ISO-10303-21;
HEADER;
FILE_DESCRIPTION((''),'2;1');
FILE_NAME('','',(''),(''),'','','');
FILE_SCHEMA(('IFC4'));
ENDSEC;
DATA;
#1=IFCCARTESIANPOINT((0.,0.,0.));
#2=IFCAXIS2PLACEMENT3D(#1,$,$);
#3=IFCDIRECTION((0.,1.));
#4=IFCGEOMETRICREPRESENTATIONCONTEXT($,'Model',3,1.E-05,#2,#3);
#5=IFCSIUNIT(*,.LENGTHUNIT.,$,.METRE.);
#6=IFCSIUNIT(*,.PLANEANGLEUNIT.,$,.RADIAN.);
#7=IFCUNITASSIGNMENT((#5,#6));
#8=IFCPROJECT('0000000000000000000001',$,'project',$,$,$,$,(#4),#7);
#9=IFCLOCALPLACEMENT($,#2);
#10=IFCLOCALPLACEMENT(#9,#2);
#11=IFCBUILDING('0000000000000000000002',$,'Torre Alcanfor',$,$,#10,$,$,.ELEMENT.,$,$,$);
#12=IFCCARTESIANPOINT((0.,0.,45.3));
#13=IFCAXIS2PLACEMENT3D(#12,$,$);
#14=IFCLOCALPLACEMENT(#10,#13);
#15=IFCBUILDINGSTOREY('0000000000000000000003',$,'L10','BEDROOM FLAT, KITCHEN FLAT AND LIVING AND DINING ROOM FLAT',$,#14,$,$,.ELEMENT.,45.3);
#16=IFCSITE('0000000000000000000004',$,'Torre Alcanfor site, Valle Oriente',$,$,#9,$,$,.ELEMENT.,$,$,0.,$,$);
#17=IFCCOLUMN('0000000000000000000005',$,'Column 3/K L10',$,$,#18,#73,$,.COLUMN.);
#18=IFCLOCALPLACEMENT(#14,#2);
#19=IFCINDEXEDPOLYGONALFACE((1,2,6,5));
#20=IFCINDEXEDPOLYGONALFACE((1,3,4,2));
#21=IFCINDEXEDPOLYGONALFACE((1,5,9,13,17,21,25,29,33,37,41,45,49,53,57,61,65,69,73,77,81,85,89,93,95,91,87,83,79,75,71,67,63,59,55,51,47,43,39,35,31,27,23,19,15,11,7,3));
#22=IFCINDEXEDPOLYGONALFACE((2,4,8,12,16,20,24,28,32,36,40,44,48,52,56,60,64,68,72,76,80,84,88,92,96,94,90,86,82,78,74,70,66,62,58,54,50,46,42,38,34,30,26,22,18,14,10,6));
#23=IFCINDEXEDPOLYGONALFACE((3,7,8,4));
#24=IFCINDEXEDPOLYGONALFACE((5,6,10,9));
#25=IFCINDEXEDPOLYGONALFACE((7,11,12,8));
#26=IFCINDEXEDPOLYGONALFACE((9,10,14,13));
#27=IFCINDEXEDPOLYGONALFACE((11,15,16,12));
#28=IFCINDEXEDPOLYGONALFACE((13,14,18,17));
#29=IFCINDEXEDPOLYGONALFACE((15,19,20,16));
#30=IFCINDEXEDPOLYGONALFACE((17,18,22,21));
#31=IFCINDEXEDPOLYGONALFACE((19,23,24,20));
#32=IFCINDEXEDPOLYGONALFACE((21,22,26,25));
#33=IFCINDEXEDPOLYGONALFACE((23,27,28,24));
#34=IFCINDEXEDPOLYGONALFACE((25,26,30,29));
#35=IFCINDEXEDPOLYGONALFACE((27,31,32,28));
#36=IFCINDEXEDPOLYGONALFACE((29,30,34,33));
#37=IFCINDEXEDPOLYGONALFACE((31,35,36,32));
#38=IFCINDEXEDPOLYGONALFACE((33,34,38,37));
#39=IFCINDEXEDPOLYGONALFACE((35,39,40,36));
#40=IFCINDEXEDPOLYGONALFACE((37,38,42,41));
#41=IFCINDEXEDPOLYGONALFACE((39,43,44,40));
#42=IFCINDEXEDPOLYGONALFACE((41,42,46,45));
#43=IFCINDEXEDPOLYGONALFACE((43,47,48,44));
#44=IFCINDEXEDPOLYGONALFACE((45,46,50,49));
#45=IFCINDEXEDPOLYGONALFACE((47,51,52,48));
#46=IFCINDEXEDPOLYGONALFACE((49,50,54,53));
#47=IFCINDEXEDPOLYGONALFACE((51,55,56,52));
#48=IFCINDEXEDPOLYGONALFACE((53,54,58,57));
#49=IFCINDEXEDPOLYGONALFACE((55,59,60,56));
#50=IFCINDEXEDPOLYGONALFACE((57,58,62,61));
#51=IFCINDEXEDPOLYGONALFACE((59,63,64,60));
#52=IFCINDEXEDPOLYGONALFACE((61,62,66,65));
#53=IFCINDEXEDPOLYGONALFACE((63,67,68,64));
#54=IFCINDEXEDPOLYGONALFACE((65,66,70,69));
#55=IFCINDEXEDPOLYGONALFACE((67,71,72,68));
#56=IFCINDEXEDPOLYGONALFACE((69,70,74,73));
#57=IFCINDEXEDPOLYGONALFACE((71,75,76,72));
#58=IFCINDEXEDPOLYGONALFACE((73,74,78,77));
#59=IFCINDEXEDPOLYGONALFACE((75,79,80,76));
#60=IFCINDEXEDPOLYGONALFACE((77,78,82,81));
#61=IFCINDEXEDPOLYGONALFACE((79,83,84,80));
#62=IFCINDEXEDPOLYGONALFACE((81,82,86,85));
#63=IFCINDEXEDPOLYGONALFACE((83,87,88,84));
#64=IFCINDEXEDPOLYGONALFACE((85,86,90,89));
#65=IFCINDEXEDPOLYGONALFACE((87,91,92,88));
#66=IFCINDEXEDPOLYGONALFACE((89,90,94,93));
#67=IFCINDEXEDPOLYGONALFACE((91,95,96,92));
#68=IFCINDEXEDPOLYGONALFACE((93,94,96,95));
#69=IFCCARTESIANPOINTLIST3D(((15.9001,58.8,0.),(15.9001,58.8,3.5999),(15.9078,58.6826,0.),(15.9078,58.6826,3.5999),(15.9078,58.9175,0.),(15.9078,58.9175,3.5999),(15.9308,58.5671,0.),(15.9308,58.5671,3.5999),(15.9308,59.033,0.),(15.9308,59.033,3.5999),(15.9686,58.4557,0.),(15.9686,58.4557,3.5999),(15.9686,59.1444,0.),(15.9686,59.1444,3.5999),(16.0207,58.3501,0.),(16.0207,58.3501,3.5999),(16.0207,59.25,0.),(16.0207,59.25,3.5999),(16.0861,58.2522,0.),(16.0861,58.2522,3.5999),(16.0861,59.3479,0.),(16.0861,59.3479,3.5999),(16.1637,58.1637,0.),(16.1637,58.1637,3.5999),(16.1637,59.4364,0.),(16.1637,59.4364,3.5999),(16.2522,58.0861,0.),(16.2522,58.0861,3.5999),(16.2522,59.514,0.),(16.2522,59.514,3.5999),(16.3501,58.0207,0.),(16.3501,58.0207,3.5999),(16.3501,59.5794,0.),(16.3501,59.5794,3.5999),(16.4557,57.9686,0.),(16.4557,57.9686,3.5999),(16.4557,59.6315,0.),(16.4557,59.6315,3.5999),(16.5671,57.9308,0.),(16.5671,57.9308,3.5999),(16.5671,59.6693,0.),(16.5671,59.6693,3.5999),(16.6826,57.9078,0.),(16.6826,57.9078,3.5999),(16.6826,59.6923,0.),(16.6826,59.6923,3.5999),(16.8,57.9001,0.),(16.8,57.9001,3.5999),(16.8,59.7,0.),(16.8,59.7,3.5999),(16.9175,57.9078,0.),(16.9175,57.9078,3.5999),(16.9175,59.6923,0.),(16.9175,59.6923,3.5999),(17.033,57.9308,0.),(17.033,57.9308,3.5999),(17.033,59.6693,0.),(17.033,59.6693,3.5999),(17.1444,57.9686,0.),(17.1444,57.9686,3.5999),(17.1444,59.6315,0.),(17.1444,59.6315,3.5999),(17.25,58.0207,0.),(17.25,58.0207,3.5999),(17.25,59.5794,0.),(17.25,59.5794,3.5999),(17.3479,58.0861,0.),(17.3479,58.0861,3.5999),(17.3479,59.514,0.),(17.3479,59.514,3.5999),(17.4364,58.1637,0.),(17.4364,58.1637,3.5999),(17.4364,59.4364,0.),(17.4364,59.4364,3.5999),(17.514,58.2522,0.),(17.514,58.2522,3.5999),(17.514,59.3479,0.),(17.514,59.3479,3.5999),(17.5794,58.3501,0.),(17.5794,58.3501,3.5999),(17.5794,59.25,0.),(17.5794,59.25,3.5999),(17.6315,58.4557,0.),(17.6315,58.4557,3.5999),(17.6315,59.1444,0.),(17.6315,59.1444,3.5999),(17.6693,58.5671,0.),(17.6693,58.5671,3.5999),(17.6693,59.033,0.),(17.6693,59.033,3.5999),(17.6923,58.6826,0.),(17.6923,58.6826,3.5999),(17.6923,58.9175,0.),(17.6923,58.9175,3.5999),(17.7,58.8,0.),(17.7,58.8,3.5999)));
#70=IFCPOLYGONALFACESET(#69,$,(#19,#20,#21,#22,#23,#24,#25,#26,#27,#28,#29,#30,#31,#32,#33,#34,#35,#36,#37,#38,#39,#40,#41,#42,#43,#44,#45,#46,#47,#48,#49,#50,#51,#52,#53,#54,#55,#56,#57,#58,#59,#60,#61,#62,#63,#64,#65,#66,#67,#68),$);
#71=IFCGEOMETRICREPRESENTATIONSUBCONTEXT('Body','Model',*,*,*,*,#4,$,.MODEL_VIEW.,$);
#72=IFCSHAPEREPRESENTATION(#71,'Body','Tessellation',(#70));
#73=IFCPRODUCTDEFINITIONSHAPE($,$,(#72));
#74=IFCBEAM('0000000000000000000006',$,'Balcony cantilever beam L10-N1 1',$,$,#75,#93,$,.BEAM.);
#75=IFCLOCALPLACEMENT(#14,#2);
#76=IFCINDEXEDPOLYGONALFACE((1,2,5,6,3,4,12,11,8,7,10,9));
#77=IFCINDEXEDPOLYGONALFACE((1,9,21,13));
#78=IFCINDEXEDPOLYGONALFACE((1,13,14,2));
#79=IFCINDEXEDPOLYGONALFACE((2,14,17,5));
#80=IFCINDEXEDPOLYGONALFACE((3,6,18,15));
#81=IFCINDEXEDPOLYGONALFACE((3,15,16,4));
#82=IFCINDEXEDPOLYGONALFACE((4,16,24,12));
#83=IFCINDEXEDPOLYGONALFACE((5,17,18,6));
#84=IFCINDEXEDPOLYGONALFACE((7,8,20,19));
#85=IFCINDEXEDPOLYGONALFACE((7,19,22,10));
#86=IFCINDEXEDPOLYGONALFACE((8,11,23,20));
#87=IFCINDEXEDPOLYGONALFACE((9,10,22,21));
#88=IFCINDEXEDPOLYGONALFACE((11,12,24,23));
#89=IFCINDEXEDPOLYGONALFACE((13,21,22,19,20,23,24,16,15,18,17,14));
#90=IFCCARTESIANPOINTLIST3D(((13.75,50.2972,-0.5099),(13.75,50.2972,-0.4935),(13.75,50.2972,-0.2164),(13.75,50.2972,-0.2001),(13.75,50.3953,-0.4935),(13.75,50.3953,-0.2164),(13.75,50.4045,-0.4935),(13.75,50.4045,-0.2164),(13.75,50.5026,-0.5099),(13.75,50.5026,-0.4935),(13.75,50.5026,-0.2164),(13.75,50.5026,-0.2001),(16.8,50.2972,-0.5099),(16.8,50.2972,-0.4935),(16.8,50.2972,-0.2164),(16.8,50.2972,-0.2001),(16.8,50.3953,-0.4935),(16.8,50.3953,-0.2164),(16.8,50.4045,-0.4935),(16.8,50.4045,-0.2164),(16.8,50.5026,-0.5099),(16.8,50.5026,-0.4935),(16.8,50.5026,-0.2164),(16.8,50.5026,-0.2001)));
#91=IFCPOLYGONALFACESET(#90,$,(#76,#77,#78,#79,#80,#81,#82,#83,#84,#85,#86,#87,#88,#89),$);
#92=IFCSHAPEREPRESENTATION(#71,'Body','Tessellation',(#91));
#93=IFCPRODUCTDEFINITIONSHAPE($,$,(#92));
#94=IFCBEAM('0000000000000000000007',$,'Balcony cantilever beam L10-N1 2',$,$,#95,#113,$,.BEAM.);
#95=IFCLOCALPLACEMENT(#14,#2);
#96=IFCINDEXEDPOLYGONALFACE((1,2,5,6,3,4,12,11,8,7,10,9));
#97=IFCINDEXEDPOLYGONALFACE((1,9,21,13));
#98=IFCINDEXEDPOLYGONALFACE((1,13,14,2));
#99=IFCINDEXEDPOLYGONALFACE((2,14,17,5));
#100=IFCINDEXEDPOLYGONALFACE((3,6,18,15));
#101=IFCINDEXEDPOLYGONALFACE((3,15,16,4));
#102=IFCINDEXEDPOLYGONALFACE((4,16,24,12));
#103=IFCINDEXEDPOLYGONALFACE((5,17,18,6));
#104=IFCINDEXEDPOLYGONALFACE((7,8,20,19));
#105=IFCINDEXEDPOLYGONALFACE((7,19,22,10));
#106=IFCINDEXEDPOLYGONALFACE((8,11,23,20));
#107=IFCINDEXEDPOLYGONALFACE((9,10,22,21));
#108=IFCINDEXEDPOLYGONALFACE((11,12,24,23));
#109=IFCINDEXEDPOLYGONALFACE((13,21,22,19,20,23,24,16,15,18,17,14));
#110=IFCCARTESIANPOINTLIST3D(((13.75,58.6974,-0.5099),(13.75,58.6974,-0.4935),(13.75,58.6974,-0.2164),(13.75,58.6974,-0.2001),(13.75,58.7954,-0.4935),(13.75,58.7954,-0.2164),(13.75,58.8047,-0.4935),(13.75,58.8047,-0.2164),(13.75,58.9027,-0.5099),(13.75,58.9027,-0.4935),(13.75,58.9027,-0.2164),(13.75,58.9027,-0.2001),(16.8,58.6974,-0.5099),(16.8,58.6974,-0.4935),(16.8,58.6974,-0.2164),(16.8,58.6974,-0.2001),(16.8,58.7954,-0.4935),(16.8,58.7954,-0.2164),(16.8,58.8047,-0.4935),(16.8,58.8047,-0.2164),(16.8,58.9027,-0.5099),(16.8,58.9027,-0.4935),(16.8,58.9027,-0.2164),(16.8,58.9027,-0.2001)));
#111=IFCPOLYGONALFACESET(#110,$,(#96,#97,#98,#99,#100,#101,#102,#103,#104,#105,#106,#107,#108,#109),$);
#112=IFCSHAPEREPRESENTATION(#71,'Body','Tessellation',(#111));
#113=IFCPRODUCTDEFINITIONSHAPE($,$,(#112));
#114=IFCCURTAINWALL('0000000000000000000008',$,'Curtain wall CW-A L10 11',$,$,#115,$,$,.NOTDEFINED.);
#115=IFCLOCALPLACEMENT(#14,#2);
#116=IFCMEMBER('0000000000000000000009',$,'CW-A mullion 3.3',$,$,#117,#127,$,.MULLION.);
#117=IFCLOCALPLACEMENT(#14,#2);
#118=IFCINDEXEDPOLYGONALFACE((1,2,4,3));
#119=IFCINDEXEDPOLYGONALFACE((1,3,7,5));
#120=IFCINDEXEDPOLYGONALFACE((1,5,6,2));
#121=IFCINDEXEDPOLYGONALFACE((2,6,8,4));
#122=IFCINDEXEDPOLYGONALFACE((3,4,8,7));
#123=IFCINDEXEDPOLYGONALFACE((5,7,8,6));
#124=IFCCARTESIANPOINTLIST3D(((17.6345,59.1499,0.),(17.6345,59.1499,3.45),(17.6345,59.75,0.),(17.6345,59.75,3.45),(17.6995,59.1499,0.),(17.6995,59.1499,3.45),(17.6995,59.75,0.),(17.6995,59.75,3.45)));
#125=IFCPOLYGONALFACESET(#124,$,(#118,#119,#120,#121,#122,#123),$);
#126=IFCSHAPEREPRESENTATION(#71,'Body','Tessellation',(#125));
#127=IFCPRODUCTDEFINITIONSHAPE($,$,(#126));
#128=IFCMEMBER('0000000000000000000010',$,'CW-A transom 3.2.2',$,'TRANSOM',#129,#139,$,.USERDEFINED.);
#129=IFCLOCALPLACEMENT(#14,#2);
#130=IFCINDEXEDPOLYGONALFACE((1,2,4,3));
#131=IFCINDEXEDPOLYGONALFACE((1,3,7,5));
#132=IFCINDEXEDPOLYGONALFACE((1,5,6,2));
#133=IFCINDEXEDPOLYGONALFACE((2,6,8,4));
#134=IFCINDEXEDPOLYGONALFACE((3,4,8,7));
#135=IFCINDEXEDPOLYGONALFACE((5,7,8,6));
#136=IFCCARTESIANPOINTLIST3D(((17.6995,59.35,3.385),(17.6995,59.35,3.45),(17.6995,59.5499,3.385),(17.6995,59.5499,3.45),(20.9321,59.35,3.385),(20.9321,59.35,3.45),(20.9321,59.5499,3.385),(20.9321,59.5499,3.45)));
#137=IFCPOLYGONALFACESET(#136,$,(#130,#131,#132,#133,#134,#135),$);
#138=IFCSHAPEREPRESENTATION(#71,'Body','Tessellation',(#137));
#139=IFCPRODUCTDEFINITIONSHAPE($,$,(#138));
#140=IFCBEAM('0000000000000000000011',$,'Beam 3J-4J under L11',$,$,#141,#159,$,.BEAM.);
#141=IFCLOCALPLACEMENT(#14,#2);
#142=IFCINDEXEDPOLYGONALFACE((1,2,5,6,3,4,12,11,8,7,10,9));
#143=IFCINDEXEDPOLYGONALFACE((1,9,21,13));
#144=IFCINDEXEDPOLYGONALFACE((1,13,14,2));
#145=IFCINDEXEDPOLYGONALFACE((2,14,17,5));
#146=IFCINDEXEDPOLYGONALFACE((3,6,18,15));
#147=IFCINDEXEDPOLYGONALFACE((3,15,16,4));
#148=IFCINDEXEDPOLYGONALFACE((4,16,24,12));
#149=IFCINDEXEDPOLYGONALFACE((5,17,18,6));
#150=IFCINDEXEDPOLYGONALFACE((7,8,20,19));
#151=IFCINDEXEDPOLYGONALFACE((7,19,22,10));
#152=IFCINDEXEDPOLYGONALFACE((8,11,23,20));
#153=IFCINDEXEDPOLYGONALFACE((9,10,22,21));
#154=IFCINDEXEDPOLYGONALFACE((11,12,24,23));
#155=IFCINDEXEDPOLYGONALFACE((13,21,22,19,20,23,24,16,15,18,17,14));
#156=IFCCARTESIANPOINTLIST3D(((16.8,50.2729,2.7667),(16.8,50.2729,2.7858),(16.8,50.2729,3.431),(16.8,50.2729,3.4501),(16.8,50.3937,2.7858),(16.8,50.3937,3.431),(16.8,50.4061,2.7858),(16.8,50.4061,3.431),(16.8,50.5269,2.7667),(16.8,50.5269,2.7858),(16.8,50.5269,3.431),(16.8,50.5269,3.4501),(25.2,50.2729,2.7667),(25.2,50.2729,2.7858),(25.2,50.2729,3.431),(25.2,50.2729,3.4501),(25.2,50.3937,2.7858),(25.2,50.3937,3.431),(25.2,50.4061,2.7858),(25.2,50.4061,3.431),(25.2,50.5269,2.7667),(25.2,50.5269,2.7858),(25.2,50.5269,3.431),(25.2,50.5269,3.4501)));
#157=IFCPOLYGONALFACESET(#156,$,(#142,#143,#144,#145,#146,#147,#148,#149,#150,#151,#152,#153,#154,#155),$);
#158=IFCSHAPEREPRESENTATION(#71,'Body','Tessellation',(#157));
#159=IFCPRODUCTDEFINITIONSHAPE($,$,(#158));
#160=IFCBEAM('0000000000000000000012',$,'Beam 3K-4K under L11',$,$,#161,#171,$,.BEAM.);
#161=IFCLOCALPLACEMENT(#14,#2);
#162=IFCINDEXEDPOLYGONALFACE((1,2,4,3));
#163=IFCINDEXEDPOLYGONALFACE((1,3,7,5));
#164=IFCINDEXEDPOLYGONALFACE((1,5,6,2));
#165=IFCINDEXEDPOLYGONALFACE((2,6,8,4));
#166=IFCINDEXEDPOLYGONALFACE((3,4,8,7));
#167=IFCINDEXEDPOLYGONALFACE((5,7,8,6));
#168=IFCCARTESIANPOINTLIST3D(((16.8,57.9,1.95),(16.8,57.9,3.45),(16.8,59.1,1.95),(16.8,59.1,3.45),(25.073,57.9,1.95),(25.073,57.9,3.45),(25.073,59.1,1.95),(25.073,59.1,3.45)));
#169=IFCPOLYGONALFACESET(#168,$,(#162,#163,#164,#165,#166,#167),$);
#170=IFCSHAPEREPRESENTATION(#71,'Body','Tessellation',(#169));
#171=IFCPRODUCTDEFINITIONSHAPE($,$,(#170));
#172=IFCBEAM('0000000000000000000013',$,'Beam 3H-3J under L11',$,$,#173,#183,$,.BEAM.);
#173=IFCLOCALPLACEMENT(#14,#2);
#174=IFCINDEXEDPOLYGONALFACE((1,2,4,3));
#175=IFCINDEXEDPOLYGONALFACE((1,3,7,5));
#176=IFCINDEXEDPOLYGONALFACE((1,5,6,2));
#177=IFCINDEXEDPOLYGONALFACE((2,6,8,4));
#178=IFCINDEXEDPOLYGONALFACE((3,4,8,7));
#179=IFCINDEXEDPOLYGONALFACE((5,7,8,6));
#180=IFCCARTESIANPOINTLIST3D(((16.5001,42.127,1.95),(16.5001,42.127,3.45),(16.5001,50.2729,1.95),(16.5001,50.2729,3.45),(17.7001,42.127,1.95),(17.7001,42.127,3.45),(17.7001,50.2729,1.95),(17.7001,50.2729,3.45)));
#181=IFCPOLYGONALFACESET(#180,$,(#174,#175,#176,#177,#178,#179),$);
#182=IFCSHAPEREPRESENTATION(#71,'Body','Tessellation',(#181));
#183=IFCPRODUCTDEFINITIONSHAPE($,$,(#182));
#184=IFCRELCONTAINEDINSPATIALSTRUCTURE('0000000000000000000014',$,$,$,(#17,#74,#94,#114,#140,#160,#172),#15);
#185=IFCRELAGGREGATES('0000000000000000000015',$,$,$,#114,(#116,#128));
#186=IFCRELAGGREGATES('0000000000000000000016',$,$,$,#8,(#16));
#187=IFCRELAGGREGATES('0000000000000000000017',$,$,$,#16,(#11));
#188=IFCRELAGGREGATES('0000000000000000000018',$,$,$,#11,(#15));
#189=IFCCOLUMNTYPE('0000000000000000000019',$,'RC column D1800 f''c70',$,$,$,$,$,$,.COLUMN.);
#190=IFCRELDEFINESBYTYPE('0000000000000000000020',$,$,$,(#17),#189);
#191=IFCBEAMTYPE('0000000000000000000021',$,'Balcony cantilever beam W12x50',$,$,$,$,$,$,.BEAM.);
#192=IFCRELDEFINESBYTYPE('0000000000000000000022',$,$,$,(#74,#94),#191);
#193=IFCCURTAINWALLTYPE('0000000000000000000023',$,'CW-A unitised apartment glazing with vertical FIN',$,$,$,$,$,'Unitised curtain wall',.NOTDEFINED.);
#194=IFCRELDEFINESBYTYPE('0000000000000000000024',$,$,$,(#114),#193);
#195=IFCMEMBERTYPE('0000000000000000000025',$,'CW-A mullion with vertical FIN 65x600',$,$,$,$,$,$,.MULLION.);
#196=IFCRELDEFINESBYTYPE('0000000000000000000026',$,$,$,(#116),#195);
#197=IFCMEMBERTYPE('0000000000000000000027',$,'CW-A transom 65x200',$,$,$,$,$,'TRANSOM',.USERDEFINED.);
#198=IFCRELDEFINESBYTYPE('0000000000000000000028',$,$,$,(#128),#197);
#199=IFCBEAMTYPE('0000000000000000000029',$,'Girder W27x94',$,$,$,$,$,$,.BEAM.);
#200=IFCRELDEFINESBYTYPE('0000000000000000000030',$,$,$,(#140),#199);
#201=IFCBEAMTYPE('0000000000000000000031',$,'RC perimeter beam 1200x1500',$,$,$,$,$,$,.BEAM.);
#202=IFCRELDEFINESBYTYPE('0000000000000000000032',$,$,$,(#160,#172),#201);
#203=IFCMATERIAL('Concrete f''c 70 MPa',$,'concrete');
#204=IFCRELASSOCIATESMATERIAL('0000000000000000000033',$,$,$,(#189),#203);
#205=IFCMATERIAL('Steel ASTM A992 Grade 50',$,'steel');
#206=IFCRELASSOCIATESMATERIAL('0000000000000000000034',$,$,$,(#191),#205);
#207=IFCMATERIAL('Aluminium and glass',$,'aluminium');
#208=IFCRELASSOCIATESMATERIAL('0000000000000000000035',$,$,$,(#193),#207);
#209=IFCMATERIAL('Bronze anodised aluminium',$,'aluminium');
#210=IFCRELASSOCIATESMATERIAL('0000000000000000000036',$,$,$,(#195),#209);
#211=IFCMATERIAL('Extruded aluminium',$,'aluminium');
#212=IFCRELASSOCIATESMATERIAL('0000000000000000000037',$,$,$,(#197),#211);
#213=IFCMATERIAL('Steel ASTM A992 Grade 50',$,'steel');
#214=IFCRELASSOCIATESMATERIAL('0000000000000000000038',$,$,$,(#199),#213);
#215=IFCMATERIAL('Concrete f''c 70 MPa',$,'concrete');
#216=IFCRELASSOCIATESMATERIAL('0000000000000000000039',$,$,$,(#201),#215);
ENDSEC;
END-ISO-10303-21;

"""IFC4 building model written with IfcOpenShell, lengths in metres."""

from ifc_helpers import new_model, si_unit, direction, frame, origin, origin_2d, place, context, subcontext, project, spatial, rectangle, circle, i_section, extrude, material, material_profile, profile_set, type_object, element, aggregate, save


model = new_model("IFC4")

# Units and contexts
model_context = context("Model", 3, precision=1e-05, world=origin(), true_north=direction((0.0, 1.0)))
body_context = subcontext(model_context, "Body", "Model", "MODEL_VIEW")
ifc_project = project(units=[si_unit("LENGTHUNIT", "METRE"), si_unit("PLANEANGLEUNIT", "RADIAN")], contexts=[model_context])

# Site, building, storey
site_placement = place(None, origin())
site = spatial("IfcSite", under=ifc_project, at=site_placement, Name="Torre Alcanfor site, Valle Oriente", CompositionType="ELEMENT", RefElevation=0.0)
building_placement = place(site_placement, origin())
building = spatial("IfcBuilding", under=site, at=building_placement, Name="Torre Alcanfor", CompositionType="ELEMENT")
storey_placement = place(building_placement, frame((0.0, 0.0, 45.3)))
storey = spatial("IfcBuildingStorey", under=building, at=storey_placement, Name="L10", Description="BEDROOM FLAT, KITCHEN FLAT AND LIVING AND DINING ROOM FLAT", CompositionType="ELEMENT", Elevation=45.3)

# Column
ifc_material_1 = material(Name="Concrete f'c 70 MPa", Category="concrete")
ifc_material_profile_1 = material_profile(ifc_material_1, circle(Radius=0.8999, at=origin_2d()), Name="D1800")
ifc_profile_set_1 = profile_set([ifc_material_profile_1], Name="Concrete f'c 70 MPa")
column_type = type_object("IfcColumnType", Name="RC column D1800 f'c70", PredefinedType="COLUMN", material=ifc_profile_set_1)
column_placement = place(storey_placement, frame((16.8, 58.8, 0.0), z_axis=(0.0, 0.0, 1.0), x_axis=(1.0, 0.0, 0.0)))
element("IfcColumn", 1, at=column_placement, inside=storey, type_object=column_type, Name="Column 3/K L10", PredefinedType="COLUMN", context=body_context, shape_type="SweptSolid", body=[
    extrude(circle(Radius=0.8999, at=origin_2d()), origin(), (0.0, 0.0, 1.0), 3.5999),
])

# Beams
ifc_material_2 = material(Name="Steel ASTM A992 Grade 50", Category="steel")
ifc_material_profile_2 = material_profile(ifc_material_2, i_section(OverallWidth=0.2053, OverallDepth=0.3098, WebThickness=0.0093, FlangeThickness=0.0164, at=origin_2d()), Name="W12x50")
ifc_profile_set_2 = profile_set([ifc_material_profile_2], Name="Steel ASTM A992 Grade 50")
beam_type_1 = type_object("IfcBeamType", Name="Balcony cantilever beam W12x50", PredefinedType="BEAM", material=ifc_profile_set_2)
for number, where, z_axis, x_axis, name in (
    (2, (16.8, 50.3999, -0.355), (-1.0, 0.0, 0.0), (0.0, -1.0, 0.0), "Balcony cantilever beam L10-N1 1"),
    (3, (16.8, 58.8, -0.355), (-1.0, 0.0, 0.0), (0.0, -1.0, 0.0), "Balcony cantilever beam L10-N1 2"),
):
    element("IfcBeam", number, at=place(storey_placement, frame(where, z_axis=z_axis, x_axis=x_axis)), inside=storey, type_object=beam_type_1, Name=name, PredefinedType="BEAM", context=body_context, shape_type="SweptSolid", body=[
        extrude(i_section(OverallWidth=0.2053, OverallDepth=0.3098, WebThickness=0.0093, FlangeThickness=0.0164, at=origin_2d()), origin(), (0.0, 0.0, 1.0), 3.05),
    ])

# Curtain wall, members
ifc_material_3 = material(Name="Aluminium and glass", Category="aluminium")
curtain_wall_type = type_object("IfcCurtainWallType", Name="CW-A unitised apartment glazing with vertical FIN", ElementType="Unitised curtain wall", PredefinedType="NOTDEFINED", material=ifc_material_3)
curtain_wall_placement = place(storey_placement, origin())
curtain_wall = element("IfcCurtainWall", 4, at=curtain_wall_placement, inside=storey, type_object=curtain_wall_type, Name="Curtain wall CW-A L10 11", PredefinedType="NOTDEFINED")
ifc_material_4 = material(Name="Bronze anodised aluminium", Category="aluminium")
ifc_material_profile_3 = material_profile(ifc_material_4, rectangle(XDim=0.6001, YDim=0.0649, at=origin_2d()), Name="CW-A mullion 65x600")
ifc_profile_set_3 = profile_set([ifc_material_profile_3], Name="Bronze anodised aluminium")
member_type_1 = type_object("IfcMemberType", Name="CW-A mullion with vertical FIN 65x600", PredefinedType="MULLION", material=ifc_profile_set_3)
member_1_placement = place(storey_placement, frame((17.667, 59.45, 0.0), z_axis=(0.0, 0.0, 1.0), x_axis=(0.0, -1.0, 0.0)))
member_1 = element("IfcMember", 5, at=member_1_placement, type_object=member_type_1, Name="CW-A mullion 3.3", PredefinedType="MULLION", context=body_context, shape_type="SweptSolid", body=[
    extrude(rectangle(XDim=0.6001, YDim=0.0649, at=origin_2d()), origin(), (0.0, 0.0, 1.0), 3.45),
])
ifc_material_5 = material(Name="Extruded aluminium", Category="aluminium")
ifc_material_profile_4 = material_profile(ifc_material_5, rectangle(XDim=0.2, YDim=0.0649, at=origin_2d()), Name="CW-A transom 200x65")
ifc_profile_set_4 = profile_set([ifc_material_profile_4], Name="Extruded aluminium")
member_type_2 = type_object("IfcMemberType", Name="CW-A transom 65x200", ElementType="TRANSOM", PredefinedType="USERDEFINED", material=ifc_profile_set_4)
member_2_placement = place(storey_placement, frame((20.9321, 59.45, 3.4175), z_axis=(-1.0, 0.0, 0.0), x_axis=(0.0, -1.0, 0.0)))
member_2 = element("IfcMember", 6, at=member_2_placement, type_object=member_type_2, Name="CW-A transom 3.2.2", ObjectType="TRANSOM", PredefinedType="USERDEFINED", context=body_context, shape_type="SweptSolid", body=[
    extrude(rectangle(XDim=0.2, YDim=0.0649, at=origin_2d()), origin(), (0.0, 0.0, 1.0), 3.2327),
])

# Beams
ifc_material_6 = material(Name="Steel ASTM A992 Grade 50", Category="steel")
ifc_material_profile_5 = material_profile(ifc_material_6, i_section(OverallWidth=0.2539, OverallDepth=0.6833, WebThickness=0.0125, FlangeThickness=0.019, at=origin_2d()), Name="W27x94")
ifc_profile_set_5 = profile_set([ifc_material_profile_5], Name="Steel ASTM A992 Grade 50")
beam_type_2 = type_object("IfcBeamType", Name="Girder W27x94", PredefinedType="BEAM", material=ifc_profile_set_5)
beam_1_placement = place(storey_placement, frame((16.8, 50.3999, 3.1084), z_axis=(1.0, 0.0, 0.0), x_axis=(0.0, 1.0, 0.0)))
element("IfcBeam", 7, at=beam_1_placement, inside=storey, type_object=beam_type_2, Name="Beam 3J-4J under L11", PredefinedType="BEAM", context=body_context, shape_type="SweptSolid", body=[
    extrude(i_section(OverallWidth=0.2539, OverallDepth=0.6833, WebThickness=0.0125, FlangeThickness=0.019, at=origin_2d()), origin(), (0.0, 0.0, 1.0), 8.3999),
])
ifc_material_7 = material(Name="Concrete f'c 70 MPa", Category="concrete")
ifc_material_profile_6 = material_profile(ifc_material_7, rectangle(XDim=1.2, YDim=1.5, at=origin_2d()), Name="1200x1500")
ifc_profile_set_6 = profile_set([ifc_material_profile_6], Name="Concrete f'c 70 MPa")
beam_type_3 = type_object("IfcBeamType", Name="RC perimeter beam 1200x1500", PredefinedType="BEAM", material=ifc_profile_set_6)
beam_2_placement = place(storey_placement, frame((16.8, 58.5, 2.7), z_axis=(1.0, 0.0, 0.0), x_axis=(0.0, 1.0, 0.0)))
element("IfcBeam", 8, at=beam_2_placement, inside=storey, type_object=beam_type_3, Name="Beam 3K-4K under L11", PredefinedType="BEAM", context=body_context, shape_type="SweptSolid", body=[
    extrude(rectangle(XDim=1.2, YDim=1.5, at=origin_2d()), origin(), (0.0, 0.0, 1.0), 8.2729),
])
beam_3_placement = place(storey_placement, frame((17.1001, 42.127, 2.7), z_axis=(0.0, 1.0, 0.0), x_axis=(-1.0, 0.0, 0.0)))
element("IfcBeam", 9, at=beam_3_placement, inside=storey, type_object=beam_type_3, Name="Beam 3H-3J under L11", PredefinedType="BEAM", context=body_context, shape_type="SweptSolid", body=[
    extrude(rectangle(XDim=1.2, YDim=1.5, at=origin_2d()), origin(), (0.0, 0.0, 1.0), 8.146),
])

aggregate(curtain_wall, [member_1, member_2])

save(model, "model.ifc")
